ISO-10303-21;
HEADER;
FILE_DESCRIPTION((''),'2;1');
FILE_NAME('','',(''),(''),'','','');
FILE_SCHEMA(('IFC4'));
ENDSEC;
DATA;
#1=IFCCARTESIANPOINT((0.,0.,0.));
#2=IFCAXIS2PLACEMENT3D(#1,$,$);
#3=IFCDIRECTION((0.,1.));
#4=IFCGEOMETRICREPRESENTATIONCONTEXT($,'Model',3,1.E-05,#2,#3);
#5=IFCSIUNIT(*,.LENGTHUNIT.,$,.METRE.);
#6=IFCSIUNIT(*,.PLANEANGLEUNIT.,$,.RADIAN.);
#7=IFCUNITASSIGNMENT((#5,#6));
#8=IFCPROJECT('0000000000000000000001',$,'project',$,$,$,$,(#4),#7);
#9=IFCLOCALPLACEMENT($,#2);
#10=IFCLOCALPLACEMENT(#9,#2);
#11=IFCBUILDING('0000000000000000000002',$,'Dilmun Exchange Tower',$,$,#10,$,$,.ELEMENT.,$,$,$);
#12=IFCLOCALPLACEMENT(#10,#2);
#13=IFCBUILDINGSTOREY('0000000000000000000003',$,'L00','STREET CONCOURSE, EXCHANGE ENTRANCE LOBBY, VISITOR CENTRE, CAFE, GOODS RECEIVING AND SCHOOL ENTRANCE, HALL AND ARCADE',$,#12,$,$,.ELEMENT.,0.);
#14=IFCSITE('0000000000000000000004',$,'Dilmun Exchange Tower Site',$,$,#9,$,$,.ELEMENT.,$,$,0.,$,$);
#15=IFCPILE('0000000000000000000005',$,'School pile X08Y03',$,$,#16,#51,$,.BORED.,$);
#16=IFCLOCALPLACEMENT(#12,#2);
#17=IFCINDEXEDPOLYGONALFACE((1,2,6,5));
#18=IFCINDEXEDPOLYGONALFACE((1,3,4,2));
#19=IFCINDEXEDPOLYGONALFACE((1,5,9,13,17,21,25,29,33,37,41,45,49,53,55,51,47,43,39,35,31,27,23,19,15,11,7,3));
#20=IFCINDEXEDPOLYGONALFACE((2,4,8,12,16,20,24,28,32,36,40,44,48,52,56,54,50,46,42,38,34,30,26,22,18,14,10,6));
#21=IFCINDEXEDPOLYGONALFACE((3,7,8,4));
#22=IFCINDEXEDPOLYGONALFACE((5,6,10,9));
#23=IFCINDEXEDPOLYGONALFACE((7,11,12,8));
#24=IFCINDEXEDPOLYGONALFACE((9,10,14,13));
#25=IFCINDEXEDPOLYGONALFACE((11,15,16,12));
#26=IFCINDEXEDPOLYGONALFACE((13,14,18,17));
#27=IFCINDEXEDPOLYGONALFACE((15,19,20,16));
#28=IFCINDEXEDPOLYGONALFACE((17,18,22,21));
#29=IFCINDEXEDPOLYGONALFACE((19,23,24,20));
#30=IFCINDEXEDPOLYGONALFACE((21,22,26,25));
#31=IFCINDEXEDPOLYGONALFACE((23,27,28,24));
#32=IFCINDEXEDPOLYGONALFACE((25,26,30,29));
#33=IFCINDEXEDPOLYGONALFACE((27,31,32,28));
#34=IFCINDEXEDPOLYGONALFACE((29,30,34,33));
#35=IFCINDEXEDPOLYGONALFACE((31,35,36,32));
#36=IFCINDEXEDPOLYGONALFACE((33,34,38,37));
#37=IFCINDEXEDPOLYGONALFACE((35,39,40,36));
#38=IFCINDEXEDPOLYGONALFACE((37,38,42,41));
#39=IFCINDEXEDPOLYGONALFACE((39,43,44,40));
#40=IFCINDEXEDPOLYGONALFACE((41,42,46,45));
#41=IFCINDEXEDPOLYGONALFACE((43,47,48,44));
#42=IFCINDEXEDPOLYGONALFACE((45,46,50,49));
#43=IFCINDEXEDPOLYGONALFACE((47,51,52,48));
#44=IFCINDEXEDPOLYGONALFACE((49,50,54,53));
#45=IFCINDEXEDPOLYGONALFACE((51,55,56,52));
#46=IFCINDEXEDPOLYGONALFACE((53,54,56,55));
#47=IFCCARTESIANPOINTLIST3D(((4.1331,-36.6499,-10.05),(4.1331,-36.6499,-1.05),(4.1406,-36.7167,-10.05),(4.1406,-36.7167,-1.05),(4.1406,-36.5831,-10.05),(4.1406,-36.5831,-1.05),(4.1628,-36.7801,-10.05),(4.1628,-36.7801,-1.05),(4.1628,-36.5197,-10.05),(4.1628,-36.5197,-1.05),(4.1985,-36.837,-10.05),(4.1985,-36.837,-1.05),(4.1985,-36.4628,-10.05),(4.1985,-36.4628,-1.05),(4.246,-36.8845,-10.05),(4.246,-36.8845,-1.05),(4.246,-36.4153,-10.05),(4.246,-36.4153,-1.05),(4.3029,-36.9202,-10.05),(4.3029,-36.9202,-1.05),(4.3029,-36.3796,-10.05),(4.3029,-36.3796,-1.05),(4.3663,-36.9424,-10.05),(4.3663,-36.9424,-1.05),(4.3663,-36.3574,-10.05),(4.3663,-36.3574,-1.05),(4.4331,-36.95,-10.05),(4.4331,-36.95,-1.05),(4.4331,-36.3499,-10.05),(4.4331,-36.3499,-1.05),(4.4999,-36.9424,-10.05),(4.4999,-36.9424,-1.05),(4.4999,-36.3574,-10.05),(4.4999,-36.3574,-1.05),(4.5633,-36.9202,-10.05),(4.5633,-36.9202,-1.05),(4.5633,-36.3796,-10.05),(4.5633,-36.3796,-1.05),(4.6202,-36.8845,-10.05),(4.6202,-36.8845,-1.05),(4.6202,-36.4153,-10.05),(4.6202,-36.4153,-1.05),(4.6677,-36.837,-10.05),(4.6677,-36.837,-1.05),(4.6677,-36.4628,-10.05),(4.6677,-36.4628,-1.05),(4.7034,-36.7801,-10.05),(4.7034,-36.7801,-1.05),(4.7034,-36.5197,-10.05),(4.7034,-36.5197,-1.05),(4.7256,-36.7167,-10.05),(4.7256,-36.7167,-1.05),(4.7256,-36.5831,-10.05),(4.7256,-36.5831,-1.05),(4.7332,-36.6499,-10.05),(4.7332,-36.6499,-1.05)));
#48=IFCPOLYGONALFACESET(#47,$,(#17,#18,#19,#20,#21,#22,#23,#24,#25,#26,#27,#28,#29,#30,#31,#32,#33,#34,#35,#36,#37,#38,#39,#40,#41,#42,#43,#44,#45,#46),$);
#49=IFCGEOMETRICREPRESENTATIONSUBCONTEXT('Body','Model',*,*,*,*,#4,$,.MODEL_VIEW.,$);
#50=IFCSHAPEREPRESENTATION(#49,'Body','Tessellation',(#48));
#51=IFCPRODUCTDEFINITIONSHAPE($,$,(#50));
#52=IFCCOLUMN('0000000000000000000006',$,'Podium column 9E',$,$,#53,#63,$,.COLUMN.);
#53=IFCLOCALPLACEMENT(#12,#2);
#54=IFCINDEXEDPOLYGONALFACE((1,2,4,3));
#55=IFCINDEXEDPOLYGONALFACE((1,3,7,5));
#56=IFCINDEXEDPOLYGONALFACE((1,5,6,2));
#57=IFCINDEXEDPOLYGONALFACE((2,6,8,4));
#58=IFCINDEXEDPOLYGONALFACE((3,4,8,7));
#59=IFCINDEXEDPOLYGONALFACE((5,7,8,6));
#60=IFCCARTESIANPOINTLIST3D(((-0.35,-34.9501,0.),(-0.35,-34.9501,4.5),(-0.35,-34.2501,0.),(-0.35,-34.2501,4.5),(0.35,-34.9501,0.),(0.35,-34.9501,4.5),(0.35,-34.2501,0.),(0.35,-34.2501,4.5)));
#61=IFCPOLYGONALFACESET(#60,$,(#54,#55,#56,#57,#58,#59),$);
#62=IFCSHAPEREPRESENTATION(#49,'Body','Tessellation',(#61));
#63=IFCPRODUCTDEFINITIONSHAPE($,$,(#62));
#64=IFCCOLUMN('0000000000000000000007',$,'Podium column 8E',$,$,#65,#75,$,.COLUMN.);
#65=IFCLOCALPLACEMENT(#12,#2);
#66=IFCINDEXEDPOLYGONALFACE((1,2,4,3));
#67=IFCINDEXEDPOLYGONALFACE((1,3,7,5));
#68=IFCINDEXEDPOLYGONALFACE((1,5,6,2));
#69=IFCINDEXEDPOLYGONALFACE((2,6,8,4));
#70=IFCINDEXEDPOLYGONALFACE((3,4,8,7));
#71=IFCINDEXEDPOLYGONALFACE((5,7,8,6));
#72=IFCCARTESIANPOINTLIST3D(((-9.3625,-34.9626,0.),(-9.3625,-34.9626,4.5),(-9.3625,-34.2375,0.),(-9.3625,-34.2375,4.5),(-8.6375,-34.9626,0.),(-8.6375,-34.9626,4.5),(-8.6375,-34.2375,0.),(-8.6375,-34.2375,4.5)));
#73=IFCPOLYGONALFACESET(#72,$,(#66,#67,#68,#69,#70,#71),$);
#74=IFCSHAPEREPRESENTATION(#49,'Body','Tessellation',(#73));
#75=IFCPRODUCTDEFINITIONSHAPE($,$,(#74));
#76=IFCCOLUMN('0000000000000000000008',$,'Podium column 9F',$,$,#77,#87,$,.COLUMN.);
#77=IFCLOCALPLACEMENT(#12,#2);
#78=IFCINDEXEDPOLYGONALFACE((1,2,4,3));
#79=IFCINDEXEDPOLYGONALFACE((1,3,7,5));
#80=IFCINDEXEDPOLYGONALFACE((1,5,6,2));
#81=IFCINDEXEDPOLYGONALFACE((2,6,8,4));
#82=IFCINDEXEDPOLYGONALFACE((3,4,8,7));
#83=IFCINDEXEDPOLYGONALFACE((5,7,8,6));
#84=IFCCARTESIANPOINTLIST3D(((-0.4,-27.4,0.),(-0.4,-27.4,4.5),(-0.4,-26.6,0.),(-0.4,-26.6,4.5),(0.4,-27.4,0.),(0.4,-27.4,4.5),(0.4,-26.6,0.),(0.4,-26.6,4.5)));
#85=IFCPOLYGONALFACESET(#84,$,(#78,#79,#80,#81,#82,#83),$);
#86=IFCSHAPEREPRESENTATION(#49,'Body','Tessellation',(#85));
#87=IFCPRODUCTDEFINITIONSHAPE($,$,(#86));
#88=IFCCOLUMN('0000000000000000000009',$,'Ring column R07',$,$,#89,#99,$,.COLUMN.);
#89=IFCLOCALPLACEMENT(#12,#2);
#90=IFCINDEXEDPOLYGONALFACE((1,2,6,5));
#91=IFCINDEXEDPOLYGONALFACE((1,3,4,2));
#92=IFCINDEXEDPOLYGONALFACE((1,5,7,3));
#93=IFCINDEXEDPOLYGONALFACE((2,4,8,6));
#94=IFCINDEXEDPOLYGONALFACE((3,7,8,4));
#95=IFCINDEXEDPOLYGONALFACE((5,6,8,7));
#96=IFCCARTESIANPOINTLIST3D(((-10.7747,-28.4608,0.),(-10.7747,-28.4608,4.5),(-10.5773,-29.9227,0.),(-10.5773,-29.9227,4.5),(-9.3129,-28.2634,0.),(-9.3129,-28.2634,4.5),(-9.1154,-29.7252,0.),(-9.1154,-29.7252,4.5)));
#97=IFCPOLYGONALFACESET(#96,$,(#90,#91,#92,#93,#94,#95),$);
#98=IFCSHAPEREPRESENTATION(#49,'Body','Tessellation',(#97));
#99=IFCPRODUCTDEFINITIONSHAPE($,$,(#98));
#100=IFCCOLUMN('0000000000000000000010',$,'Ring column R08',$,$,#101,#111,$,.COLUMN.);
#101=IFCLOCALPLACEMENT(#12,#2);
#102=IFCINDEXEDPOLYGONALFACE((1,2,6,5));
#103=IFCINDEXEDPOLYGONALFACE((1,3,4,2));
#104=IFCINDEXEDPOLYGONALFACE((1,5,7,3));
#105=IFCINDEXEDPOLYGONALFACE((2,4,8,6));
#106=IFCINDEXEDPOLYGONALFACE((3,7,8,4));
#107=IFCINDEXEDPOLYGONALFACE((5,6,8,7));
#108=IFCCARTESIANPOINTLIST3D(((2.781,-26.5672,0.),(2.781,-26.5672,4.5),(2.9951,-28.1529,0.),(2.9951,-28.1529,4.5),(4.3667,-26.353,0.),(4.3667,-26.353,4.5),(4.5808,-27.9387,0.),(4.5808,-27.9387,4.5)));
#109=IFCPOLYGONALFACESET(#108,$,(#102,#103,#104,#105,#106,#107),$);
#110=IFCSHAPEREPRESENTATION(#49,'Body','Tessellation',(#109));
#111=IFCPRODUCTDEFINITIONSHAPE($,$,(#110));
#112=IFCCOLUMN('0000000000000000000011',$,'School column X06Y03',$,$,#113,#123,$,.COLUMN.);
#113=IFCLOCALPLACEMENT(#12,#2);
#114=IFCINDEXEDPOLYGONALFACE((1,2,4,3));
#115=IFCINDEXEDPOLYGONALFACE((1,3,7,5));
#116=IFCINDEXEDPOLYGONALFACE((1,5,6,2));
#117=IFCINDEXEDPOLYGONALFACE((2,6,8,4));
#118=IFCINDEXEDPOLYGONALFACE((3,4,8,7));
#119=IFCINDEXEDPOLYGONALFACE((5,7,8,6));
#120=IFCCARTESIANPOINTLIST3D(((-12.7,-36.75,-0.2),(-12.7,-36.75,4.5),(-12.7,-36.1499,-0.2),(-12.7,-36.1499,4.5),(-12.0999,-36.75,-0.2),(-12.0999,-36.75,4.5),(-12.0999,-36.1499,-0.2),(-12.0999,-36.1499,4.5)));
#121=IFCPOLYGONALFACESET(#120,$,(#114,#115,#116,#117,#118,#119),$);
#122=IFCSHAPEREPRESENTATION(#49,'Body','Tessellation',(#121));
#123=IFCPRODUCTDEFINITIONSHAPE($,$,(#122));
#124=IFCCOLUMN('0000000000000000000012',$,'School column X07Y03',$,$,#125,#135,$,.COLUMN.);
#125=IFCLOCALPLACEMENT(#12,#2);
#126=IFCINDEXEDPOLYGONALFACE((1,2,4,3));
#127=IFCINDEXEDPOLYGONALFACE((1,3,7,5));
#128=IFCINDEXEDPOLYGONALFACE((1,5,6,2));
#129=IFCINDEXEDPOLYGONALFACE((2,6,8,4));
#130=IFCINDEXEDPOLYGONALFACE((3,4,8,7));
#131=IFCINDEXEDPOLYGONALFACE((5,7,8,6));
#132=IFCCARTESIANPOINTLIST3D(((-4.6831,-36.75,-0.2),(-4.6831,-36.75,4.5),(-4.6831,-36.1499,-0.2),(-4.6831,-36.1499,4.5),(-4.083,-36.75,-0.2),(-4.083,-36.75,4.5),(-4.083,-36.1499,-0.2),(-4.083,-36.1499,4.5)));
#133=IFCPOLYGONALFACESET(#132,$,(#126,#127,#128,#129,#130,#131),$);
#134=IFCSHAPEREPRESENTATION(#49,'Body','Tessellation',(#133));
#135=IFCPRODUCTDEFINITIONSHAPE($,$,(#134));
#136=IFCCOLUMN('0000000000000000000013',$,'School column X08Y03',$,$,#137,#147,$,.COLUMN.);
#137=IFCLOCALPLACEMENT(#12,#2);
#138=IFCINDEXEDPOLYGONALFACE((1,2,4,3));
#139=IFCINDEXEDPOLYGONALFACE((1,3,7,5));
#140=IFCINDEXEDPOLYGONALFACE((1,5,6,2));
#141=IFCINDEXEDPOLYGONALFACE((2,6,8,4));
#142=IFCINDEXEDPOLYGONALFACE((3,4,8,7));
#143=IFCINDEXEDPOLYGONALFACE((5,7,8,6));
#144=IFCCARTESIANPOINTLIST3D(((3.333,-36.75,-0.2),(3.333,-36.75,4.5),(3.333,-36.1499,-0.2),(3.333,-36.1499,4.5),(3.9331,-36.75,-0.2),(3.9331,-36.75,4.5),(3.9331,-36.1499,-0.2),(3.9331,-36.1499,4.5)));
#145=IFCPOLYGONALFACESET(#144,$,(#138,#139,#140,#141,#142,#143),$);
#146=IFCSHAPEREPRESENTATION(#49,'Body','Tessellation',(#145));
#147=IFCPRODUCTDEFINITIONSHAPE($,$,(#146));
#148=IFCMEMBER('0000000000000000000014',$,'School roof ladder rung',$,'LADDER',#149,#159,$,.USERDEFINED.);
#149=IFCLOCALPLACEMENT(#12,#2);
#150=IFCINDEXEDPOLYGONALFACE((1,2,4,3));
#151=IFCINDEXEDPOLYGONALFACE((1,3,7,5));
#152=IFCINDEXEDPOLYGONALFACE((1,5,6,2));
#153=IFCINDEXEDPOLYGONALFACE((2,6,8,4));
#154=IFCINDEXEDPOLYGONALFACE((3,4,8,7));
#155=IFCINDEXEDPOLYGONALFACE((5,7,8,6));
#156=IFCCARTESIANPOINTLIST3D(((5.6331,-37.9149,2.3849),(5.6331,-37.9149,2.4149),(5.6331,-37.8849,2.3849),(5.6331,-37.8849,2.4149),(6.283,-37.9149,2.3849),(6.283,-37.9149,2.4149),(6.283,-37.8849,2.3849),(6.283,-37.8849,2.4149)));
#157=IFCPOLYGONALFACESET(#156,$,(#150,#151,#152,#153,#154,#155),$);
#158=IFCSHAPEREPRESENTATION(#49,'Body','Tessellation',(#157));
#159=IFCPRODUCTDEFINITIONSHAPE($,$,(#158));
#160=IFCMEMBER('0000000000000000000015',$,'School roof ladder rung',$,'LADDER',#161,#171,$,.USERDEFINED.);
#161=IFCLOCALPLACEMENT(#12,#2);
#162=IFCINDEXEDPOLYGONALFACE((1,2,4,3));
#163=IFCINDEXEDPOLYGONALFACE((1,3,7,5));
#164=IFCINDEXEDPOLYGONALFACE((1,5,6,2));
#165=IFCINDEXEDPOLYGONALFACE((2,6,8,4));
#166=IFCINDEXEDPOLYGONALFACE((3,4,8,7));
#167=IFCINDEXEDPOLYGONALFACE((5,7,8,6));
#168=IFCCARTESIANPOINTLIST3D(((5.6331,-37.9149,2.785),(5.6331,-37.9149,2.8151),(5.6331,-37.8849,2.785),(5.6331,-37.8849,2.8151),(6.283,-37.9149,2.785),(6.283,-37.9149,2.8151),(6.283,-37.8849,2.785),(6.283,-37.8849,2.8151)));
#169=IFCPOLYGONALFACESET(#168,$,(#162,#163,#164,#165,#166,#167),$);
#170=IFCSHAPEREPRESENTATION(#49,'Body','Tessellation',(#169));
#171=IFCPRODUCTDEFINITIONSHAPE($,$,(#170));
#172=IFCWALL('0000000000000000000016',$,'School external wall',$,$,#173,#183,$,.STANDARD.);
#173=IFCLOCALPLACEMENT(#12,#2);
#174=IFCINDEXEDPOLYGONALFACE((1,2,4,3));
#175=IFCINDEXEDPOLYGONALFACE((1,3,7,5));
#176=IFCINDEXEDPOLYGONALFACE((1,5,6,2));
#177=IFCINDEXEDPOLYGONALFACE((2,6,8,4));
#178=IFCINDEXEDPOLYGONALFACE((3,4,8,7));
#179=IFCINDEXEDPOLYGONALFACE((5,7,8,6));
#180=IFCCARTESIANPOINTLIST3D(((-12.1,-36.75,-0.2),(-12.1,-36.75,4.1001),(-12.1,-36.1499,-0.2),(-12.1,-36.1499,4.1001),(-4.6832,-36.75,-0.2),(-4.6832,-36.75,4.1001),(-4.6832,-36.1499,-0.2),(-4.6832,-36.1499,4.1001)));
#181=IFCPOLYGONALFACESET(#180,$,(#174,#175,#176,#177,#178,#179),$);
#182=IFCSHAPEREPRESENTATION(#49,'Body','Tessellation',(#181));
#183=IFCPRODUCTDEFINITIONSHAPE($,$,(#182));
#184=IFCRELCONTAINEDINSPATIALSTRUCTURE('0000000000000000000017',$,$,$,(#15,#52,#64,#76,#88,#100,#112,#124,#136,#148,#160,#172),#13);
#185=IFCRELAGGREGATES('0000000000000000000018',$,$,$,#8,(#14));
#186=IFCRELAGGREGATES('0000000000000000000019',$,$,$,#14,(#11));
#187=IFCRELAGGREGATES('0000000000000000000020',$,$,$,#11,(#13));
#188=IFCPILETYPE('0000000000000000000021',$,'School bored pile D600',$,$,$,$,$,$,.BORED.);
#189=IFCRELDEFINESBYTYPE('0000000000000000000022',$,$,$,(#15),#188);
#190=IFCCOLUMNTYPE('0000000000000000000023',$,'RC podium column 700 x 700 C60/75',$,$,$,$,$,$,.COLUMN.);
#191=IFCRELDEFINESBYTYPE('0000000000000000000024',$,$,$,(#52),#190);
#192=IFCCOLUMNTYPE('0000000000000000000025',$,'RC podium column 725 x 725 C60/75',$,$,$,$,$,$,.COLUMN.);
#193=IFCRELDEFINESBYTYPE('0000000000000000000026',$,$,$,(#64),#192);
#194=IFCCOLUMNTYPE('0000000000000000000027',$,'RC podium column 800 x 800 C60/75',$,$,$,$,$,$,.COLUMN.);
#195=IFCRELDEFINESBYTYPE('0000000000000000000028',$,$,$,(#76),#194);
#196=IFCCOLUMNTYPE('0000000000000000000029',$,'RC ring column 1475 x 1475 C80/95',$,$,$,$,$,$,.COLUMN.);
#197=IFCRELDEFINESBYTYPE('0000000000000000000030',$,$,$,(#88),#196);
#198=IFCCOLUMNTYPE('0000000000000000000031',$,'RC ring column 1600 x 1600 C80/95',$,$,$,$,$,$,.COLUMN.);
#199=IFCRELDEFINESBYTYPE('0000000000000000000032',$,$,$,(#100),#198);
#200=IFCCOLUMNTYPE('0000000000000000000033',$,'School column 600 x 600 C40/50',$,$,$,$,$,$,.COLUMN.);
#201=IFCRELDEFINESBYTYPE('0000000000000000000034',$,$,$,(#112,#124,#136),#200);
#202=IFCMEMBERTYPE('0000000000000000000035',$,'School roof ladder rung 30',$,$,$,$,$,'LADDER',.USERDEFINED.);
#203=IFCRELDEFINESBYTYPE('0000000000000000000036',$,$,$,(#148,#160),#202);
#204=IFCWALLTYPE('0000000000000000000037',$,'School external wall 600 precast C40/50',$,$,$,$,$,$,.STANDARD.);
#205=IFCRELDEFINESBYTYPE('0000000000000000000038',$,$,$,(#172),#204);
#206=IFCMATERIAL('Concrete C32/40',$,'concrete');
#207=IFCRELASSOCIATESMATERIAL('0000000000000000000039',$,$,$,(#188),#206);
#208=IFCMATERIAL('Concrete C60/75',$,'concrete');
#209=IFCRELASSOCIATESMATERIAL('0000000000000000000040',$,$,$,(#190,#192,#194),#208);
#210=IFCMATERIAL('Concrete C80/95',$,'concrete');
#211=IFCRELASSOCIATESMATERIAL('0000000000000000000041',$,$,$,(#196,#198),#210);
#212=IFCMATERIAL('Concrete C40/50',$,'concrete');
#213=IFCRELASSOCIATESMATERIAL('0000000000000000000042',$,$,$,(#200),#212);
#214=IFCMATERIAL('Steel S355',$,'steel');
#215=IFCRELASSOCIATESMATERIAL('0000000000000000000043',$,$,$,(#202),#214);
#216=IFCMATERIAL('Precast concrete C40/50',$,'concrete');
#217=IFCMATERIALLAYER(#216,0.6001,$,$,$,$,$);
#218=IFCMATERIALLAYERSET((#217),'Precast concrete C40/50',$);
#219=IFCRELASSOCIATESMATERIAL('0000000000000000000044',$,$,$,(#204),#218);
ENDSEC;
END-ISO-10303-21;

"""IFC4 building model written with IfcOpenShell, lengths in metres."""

from ifc_helpers import new_model, si_unit, direction, frame, frame_2d, origin, origin_2d, place, context, subcontext, project, spatial, rectangle, circle, extrude, material, layer, layer_set, material_profile, profile_set, type_object, element, save


model = new_model("IFC4")

# Units and contexts
model_context = context("Model", 3, precision=1e-05, world=origin(), true_north=direction((0.0, 1.0)))
body_context = subcontext(model_context, "Body", "Model", "MODEL_VIEW")
ifc_project = project(units=[si_unit("LENGTHUNIT", "METRE"), si_unit("PLANEANGLEUNIT", "RADIAN")], contexts=[model_context])

# Site, building, storey
site_placement = place(None, origin())
site = spatial("IfcSite", under=ifc_project, at=site_placement, Name="Dilmun Exchange Tower Site", CompositionType="ELEMENT", RefElevation=0.0)
building_placement = place(site_placement, origin())
building = spatial("IfcBuilding", under=site, at=building_placement, Name="Dilmun Exchange Tower", CompositionType="ELEMENT")
storey_placement = place(building_placement, origin())
storey = spatial("IfcBuildingStorey", under=building, at=storey_placement, Name="L00", Description="STREET CONCOURSE, EXCHANGE ENTRANCE LOBBY, VISITOR CENTRE, CAFE, GOODS RECEIVING AND SCHOOL ENTRANCE, HALL AND ARCADE", CompositionType="ELEMENT", Elevation=0.0)

# Pile
ifc_material_1 = material(Name="Concrete C32/40", Category="concrete")
ifc_material_profile_1 = material_profile(ifc_material_1, circle(Radius=0.3, at=origin_2d()), Name="D600")
ifc_profile_set_1 = profile_set([ifc_material_profile_1], Name="Concrete C32/40")
pile_type = type_object("IfcPileType", Name="School bored pile D600", PredefinedType="BORED", material=ifc_profile_set_1)
for number, where, z_axis, x_axis, name in (
    (1, (4.4331, -36.6499, -1.05), (0.0, 0.0, -1.0), (1.0, 0.0, 0.0), "School pile X08Y03"),
):
    element("IfcPile", number, at=place(storey_placement, frame(where, z_axis=z_axis, x_axis=x_axis)), inside=storey, type_object=pile_type, Name=name, PredefinedType="BORED", context=body_context, shape_type="SweptSolid", body=[
        extrude(circle(Radius=0.3, at=origin_2d()), origin(), (0.0, 0.0, 1.0), 9.0),
    ])

# Columns
ifc_material_2 = material(Name="Concrete C60/75", Category="concrete")
ifc_material_profile_2 = material_profile(ifc_material_2, rectangle(XDim=0.7, YDim=0.7, at=origin_2d()), Name="700 x 700")
ifc_profile_set_2 = profile_set([ifc_material_profile_2], Name="Concrete C60/75")
column_type_1 = type_object("IfcColumnType", Name="RC podium column 700 x 700 C60/75", PredefinedType="COLUMN", material=ifc_profile_set_2)
column_1_placement = place(storey_placement, frame((0.0, -34.6001, 0.0), z_axis=(0.0, 0.0, 1.0), x_axis=(1.0, 0.0, 0.0)))
element("IfcColumn", 2, at=column_1_placement, inside=storey, type_object=column_type_1, Name="Podium column 9E", PredefinedType="COLUMN", context=body_context, shape_type="SweptSolid", body=[
    extrude(rectangle(XDim=0.7, YDim=0.7, at=origin_2d()), origin(), (0.0, 0.0, 1.0), 4.5),
])
ifc_material_profile_3 = material_profile(ifc_material_2, rectangle(XDim=0.7251, YDim=0.7251, at=origin_2d()), Name="725 x 725")
ifc_profile_set_3 = profile_set([ifc_material_profile_3], Name="Concrete C60/75")
column_type_2 = type_object("IfcColumnType", Name="RC podium column 725 x 725 C60/75", PredefinedType="COLUMN", material=ifc_profile_set_3)
column_2_placement = place(storey_placement, frame((-9.0, -34.6001, 0.0), z_axis=(0.0, 0.0, 1.0), x_axis=(1.0, 0.0, 0.0)))
element("IfcColumn", 3, at=column_2_placement, inside=storey, type_object=column_type_2, Name="Podium column 8E", PredefinedType="COLUMN", context=body_context, shape_type="SweptSolid", body=[
    extrude(rectangle(XDim=0.7251, YDim=0.7251, at=origin_2d()), origin(), (0.0, 0.0, 1.0), 4.5),
])
ifc_material_profile_4 = material_profile(ifc_material_2, rectangle(XDim=0.8, YDim=0.8, at=origin_2d()), Name="800 x 800")
ifc_profile_set_4 = profile_set([ifc_material_profile_4], Name="Concrete C60/75")
column_type_3 = type_object("IfcColumnType", Name="RC podium column 800 x 800 C60/75", PredefinedType="COLUMN", material=ifc_profile_set_4)
column_3_placement = place(storey_placement, frame((0.0, -27.0, 0.0), z_axis=(0.0, 0.0, 1.0), x_axis=(1.0, 0.0, 0.0)))
element("IfcColumn", 4, at=column_3_placement, inside=storey, type_object=column_type_3, Name="Podium column 9F", PredefinedType="COLUMN", context=body_context, shape_type="SweptSolid", body=[
    extrude(rectangle(XDim=0.8, YDim=0.8, at=origin_2d()), origin(), (0.0, 0.0, 1.0), 4.5),
])
ifc_material_3 = material(Name="Concrete C80/95", Category="concrete")
ifc_material_profile_5 = material_profile(ifc_material_3, rectangle(XDim=1.4751, YDim=1.4751, at=origin_2d()), Name="1475 x 1475")
ifc_profile_set_5 = profile_set([ifc_material_profile_5], Name="Concrete C80/95")
column_type_4 = type_object("IfcColumnType", Name="RC ring column 1475 x 1475 C80/95", PredefinedType="COLUMN", material=ifc_profile_set_5)
column_4_placement = place(storey_placement, frame((-9.9451, -29.093, 0.0), z_axis=(0.0, 0.0, 1.0), x_axis=(0.991001, 0.133853, 0.0)))
element("IfcColumn", 5, at=column_4_placement, inside=storey, type_object=column_type_4, Name="Ring column R07", PredefinedType="COLUMN", context=body_context, shape_type="SweptSolid", body=[
    extrude(rectangle(XDim=1.4751, YDim=1.4751, at=origin_2d()), origin(), (0.0, 0.0, 1.0), 4.5),
])
ifc_material_profile_6 = material_profile(ifc_material_3, rectangle(XDim=1.6001, YDim=1.6001, at=origin_2d()), Name="1600 x 1600")
ifc_profile_set_6 = profile_set([ifc_material_profile_6], Name="Concrete C80/95")
column_type_5 = type_object("IfcColumnType", Name="RC ring column 1600 x 1600 C80/95", PredefinedType="COLUMN", material=ifc_profile_set_6)
column_5_placement = place(storey_placement, frame((3.6809, -27.2529, 0.0), z_axis=(0.0, 0.0, 1.0), x_axis=(0.991001, 0.133853, 0.0)))
element("IfcColumn", 6, at=column_5_placement, inside=storey, type_object=column_type_5, Name="Ring column R08", PredefinedType="COLUMN", context=body_context, shape_type="SweptSolid", body=[
    extrude(rectangle(XDim=1.6001, YDim=1.6001, at=origin_2d()), origin(), (0.0, 0.0, 1.0), 4.5),
])
ifc_material_4 = material(Name="Concrete C40/50", Category="concrete")
ifc_material_profile_7 = material_profile(ifc_material_4, rectangle(XDim=0.6001, YDim=0.6001, at=origin_2d()), Name="600 x 600")
ifc_profile_set_7 = profile_set([ifc_material_profile_7], Name="Concrete C40/50")
column_type_6 = type_object("IfcColumnType", Name="School column 600 x 600 C40/50", PredefinedType="COLUMN", material=ifc_profile_set_7)
for number, where, z_axis, x_axis, name in (
    (7, (-12.3999, -36.45, -0.2), (0.0, 0.0, 1.0), (1.0, 0.0, 0.0), "School column X06Y03"),
    (8, (-4.3831, -36.45, -0.2), (0.0, 0.0, 1.0), (1.0, 0.0, 0.0), "School column X07Y03"),
    (9, (3.6331, -36.45, -0.2), (0.0, 0.0, 1.0), (1.0, 0.0, 0.0), "School column X08Y03"),
):
    element("IfcColumn", number, at=place(storey_placement, frame(where, z_axis=z_axis, x_axis=x_axis)), inside=storey, type_object=column_type_6, Name=name, PredefinedType="COLUMN", context=body_context, shape_type="SweptSolid", body=[
        extrude(rectangle(XDim=0.6001, YDim=0.6001, at=origin_2d()), origin(), (0.0, 0.0, 1.0), 4.7),
    ])

# Members
ifc_material_5 = material(Name="Steel S355", Category="steel")
ifc_material_profile_8 = material_profile(ifc_material_5, rectangle(XDim=0.03, YDim=0.03, at=origin_2d()), Name="30 x 30")
ifc_profile_set_8 = profile_set([ifc_material_profile_8], Name="Steel S355")
member_type = type_object("IfcMemberType", Name="School roof ladder rung 30", ElementType="LADDER", PredefinedType="USERDEFINED", material=ifc_profile_set_8)
for number, where, z_axis, x_axis, name in (
    (10, (5.6331, -37.8999, 2.3999), (1.0, 0.0, 0.0), (0.0, 1.0, 0.0), "School roof ladder rung"),
    (11, (5.6331, -37.8999, 2.8), (1.0, 0.0, 0.0), (0.0, 1.0, 0.0), "School roof ladder rung"),
):
    element("IfcMember", number, at=place(storey_placement, frame(where, z_axis=z_axis, x_axis=x_axis)), inside=storey, type_object=member_type, Name=name, ObjectType="LADDER", PredefinedType="USERDEFINED", context=body_context, shape_type="SweptSolid", body=[
        extrude(rectangle(XDim=0.03, YDim=0.03, at=origin_2d()), origin(), (0.0, 0.0, 1.0), 0.6499),
    ])

# Wall
ifc_material_6 = material(Name="Precast concrete C40/50", Category="concrete")
ifc_layer_1 = layer(ifc_material_6, 0.6001)
ifc_layer_set_1 = layer_set([ifc_layer_1], Name="Precast concrete C40/50")
wall_type_1 = type_object("IfcWallType", Name="School external wall 600 precast C40/50", PredefinedType="STANDARD", material=ifc_layer_set_1)
wall_1_placement = place(storey_placement, frame((-12.1001, -36.45, -0.2), z_axis=(0.0, 0.0, 1.0), x_axis=(1.0, 0.0, 0.0)))
element("IfcWall", 12, at=wall_1_placement, inside=storey, type_object=wall_type_1, Name="School external wall", PredefinedType="STANDARD", context=body_context, shape_type="SweptSolid", body=[
    extrude(rectangle(XDim=7.4167, YDim=0.6001, at=frame_2d((3.7085, 0.0))), origin(), (0.0, 0.0, 1.0), 4.3),
])

save(model, "model.ifc")
